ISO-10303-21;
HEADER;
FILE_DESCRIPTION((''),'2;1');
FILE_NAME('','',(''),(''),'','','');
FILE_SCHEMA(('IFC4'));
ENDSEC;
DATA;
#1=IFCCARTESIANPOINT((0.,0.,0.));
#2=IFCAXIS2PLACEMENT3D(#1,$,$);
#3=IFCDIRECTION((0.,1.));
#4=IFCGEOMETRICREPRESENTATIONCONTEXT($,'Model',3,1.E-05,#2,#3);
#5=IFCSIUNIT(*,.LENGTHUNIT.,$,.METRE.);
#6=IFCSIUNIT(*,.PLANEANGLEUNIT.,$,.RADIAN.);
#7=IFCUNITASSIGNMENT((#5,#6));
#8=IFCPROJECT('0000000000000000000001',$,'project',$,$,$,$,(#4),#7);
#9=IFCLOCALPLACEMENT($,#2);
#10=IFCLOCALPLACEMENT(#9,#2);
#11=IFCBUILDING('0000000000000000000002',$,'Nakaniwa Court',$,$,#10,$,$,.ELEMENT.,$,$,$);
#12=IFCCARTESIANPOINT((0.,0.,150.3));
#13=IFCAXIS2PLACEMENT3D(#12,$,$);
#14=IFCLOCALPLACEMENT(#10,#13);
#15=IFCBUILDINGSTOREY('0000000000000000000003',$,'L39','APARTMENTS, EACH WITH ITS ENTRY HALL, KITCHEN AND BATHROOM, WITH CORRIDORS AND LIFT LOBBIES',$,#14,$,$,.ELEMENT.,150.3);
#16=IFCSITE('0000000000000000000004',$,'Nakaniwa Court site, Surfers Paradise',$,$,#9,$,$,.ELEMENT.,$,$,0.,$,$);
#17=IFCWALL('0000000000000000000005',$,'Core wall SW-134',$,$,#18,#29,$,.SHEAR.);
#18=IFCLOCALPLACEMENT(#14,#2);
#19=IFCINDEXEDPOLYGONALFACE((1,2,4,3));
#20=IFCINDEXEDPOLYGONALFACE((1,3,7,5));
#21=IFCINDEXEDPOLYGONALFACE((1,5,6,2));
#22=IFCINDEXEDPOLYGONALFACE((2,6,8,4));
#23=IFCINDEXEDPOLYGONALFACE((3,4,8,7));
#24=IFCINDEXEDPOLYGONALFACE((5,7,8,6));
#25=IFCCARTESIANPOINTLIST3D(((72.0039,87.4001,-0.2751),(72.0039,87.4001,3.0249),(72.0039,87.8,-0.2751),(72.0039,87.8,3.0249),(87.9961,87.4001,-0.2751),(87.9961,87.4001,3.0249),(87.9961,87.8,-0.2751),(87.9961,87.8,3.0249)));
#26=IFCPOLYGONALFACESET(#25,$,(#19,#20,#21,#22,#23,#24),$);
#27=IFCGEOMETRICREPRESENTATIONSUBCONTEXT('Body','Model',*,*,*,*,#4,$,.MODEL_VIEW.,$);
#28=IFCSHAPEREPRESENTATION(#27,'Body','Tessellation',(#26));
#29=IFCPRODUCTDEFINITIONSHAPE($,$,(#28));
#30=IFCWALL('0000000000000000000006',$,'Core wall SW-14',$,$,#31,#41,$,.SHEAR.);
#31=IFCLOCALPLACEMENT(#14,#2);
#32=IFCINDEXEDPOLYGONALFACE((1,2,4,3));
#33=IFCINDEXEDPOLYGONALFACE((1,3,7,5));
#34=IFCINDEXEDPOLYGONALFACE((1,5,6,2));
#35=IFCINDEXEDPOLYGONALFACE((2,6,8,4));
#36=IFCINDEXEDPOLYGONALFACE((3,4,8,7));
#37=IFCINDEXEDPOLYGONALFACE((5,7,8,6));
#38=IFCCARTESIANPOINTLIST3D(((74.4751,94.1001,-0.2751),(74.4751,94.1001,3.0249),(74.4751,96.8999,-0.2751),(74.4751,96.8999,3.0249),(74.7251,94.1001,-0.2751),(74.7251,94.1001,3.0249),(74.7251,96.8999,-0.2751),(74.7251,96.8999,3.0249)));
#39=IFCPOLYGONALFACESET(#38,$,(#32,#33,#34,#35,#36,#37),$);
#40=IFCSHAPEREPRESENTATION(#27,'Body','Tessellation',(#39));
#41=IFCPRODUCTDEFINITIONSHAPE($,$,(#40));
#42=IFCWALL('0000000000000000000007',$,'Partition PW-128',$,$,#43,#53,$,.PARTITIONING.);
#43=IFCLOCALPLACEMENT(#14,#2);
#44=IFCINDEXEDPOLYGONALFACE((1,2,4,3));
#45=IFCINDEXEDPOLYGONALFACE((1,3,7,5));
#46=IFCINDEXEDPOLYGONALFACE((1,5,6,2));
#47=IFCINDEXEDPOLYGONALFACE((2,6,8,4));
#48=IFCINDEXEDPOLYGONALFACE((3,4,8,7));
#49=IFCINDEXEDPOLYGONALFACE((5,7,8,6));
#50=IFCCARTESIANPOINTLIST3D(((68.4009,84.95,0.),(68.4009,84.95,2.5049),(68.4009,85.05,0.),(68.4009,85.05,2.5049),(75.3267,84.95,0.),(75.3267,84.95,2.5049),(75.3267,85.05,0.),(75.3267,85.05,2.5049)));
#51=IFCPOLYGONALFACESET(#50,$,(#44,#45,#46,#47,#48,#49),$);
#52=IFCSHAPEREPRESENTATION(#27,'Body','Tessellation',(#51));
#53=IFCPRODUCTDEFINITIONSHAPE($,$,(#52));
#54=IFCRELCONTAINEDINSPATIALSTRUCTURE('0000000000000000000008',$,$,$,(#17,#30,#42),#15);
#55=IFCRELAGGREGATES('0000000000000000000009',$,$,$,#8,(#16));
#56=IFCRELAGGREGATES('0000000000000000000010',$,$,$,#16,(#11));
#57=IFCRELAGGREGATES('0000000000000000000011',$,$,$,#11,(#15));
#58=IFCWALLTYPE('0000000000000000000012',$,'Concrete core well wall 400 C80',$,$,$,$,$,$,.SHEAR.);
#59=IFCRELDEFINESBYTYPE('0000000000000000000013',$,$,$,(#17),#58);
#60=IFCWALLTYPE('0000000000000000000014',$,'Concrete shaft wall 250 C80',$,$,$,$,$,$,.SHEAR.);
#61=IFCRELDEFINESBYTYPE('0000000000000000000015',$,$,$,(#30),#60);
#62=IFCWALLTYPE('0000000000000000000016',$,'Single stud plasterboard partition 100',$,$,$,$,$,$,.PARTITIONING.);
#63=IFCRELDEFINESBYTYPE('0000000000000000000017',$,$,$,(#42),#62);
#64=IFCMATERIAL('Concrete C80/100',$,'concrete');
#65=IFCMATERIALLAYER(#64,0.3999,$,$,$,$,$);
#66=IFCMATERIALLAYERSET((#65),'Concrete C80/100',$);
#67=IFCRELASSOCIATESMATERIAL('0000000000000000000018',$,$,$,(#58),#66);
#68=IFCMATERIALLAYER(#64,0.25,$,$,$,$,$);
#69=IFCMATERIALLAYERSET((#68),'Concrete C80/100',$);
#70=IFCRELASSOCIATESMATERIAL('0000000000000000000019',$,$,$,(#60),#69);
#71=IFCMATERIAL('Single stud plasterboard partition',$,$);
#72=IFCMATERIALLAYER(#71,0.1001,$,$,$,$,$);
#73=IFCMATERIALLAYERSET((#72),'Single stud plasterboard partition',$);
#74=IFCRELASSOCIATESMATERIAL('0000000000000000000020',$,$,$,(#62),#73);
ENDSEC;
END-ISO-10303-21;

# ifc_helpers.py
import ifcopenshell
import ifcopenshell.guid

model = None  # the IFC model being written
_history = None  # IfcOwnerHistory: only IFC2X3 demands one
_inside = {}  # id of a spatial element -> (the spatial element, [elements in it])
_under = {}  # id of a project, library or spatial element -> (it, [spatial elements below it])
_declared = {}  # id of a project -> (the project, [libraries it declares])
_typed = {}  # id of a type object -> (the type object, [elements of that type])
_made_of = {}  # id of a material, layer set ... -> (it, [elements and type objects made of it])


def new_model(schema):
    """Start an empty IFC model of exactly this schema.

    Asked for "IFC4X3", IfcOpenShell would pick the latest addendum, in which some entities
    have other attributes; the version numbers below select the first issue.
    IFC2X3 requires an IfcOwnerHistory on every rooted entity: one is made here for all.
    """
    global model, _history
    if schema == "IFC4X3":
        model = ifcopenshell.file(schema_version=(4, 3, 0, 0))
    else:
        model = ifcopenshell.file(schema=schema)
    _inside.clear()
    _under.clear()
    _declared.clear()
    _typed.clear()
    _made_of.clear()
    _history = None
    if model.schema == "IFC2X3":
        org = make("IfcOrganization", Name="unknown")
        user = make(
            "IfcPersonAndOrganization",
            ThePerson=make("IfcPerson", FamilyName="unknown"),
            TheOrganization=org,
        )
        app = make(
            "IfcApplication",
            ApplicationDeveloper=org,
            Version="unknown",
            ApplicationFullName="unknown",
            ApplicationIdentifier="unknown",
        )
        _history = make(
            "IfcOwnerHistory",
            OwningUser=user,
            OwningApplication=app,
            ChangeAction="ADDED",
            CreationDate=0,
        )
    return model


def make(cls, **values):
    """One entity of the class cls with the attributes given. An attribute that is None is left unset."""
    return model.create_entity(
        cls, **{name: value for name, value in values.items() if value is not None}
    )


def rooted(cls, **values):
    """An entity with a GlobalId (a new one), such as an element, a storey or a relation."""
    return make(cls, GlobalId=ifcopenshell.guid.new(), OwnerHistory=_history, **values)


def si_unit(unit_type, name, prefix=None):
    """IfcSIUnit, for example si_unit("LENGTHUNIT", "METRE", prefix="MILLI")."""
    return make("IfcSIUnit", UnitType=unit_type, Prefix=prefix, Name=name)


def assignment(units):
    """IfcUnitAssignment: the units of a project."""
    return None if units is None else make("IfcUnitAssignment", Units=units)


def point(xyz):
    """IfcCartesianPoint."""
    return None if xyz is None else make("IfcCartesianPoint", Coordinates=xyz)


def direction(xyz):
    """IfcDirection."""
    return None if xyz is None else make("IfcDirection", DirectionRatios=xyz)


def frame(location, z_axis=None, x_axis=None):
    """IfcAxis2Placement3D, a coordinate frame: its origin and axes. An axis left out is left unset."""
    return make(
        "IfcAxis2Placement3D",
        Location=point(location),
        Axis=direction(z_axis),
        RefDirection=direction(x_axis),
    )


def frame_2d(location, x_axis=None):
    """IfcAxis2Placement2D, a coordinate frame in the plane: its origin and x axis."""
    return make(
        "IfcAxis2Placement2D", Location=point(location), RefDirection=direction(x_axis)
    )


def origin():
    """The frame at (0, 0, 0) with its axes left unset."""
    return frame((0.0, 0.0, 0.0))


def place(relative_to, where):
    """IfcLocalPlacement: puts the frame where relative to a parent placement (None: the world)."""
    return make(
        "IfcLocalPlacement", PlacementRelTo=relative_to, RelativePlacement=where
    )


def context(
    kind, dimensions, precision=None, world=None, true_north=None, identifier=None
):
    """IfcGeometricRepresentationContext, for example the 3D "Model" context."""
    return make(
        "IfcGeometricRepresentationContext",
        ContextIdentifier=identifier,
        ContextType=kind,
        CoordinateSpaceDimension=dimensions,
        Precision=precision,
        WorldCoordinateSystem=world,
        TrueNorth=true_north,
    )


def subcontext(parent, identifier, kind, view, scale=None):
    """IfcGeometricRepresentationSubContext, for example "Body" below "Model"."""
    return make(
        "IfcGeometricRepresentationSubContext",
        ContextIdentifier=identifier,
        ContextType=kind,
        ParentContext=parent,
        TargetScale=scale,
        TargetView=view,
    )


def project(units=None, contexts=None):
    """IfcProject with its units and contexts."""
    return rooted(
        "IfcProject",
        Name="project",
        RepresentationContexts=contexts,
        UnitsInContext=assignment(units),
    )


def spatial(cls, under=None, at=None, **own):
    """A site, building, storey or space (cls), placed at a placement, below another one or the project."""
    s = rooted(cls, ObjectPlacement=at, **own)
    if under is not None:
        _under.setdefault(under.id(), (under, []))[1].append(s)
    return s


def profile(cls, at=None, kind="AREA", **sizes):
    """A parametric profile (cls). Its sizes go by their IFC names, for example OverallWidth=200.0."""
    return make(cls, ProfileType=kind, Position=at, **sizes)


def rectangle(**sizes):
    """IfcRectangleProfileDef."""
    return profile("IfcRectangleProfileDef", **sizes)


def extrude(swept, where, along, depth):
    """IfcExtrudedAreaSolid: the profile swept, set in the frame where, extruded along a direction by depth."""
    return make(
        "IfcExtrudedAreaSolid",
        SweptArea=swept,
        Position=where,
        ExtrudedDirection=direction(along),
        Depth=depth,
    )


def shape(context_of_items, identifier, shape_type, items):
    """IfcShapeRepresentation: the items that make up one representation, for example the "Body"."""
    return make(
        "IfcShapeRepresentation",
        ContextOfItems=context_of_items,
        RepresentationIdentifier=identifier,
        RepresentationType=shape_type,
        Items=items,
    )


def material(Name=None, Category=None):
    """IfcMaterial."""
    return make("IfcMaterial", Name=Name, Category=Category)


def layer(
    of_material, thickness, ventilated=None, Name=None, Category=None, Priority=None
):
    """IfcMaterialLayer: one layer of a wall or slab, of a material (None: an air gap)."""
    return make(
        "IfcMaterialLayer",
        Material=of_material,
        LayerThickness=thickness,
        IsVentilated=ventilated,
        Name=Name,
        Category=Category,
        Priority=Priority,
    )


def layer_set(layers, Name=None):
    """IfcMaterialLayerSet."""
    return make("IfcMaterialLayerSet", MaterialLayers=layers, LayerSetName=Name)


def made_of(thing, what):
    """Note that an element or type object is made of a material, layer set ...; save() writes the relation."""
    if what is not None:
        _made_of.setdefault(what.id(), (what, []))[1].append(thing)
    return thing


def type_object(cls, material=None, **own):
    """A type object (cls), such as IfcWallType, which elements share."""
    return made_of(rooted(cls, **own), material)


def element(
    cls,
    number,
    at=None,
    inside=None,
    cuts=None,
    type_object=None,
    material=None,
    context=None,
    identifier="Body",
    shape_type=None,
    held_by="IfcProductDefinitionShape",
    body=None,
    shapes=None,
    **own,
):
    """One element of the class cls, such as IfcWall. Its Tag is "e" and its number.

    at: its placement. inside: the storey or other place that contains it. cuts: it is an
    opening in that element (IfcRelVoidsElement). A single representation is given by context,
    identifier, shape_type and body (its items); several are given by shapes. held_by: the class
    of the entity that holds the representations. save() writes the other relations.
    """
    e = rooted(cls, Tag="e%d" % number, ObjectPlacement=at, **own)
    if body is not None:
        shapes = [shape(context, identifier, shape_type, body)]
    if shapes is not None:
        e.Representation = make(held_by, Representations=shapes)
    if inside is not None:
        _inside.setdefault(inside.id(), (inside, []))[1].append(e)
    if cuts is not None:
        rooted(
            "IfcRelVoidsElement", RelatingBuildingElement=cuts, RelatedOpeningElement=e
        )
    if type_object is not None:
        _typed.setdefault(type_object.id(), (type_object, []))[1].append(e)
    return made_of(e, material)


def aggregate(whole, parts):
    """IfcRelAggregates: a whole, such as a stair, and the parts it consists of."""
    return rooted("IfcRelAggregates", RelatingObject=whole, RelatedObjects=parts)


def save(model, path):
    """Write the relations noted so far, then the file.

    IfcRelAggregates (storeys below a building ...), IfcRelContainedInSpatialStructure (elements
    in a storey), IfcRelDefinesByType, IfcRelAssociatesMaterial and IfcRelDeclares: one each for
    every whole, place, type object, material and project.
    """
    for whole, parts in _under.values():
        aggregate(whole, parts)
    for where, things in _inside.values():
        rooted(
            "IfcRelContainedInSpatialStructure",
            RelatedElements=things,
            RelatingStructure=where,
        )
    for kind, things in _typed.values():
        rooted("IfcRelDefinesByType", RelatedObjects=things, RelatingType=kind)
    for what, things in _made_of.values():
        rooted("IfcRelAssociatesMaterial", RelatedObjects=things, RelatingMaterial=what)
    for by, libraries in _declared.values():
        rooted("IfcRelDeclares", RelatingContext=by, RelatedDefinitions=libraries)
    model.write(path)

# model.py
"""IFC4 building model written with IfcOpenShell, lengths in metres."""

from ifc_helpers import new_model, si_unit, direction, frame, frame_2d, origin, place, context, subcontext, project, spatial, rectangle, extrude, material, layer, layer_set, type_object, element, save


model = new_model("IFC4")

# Units and contexts
model_context = context("Model", 3, precision=1e-05, world=origin(), true_north=direction((0.0, 1.0)))
body_context = subcontext(model_context, "Body", "Model", "MODEL_VIEW")
ifc_project = project(units=[si_unit("LENGTHUNIT", "METRE"), si_unit("PLANEANGLEUNIT", "RADIAN")], contexts=[model_context])

# Site, building, storey
site_placement = place(None, origin())
site = spatial("IfcSite", under=ifc_project, at=site_placement, Name="Nakaniwa Court site, Surfers Paradise", CompositionType="ELEMENT", RefElevation=0.0)
building_placement = place(site_placement, origin())
building = spatial("IfcBuilding", under=site, at=building_placement, Name="Nakaniwa Court", CompositionType="ELEMENT")
storey_placement = place(building_placement, frame((0.0, 0.0, 150.3)))
storey = spatial("IfcBuildingStorey", under=building, at=storey_placement, Name="L39", Description="APARTMENTS, EACH WITH ITS ENTRY HALL, KITCHEN AND BATHROOM, WITH CORRIDORS AND LIFT LOBBIES", CompositionType="ELEMENT", Elevation=150.3)

# Shared definitions
ifc_material_1 = material(Name="Concrete C80/100", Category="concrete")

# Walls
ifc_layer_1 = layer(ifc_material_1, 0.3999)
ifc_layer_set_1 = layer_set([ifc_layer_1], Name="Concrete C80/100")
wall_type_1 = type_object("IfcWallType", Name="Concrete core well wall 400 C80", PredefinedType="SHEAR", material=ifc_layer_set_1)
wall_1_placement = place(storey_placement, frame((72.0039, 87.6001, -0.2751), z_axis=(0.0, 0.0, 1.0), x_axis=(1.0, 0.0, 0.0)))
element("IfcWall", 1, at=wall_1_placement, inside=storey, type_object=wall_type_1, Name="Core wall SW-134", PredefinedType="SHEAR", context=body_context, shape_type="SweptSolid", body=[
    extrude(rectangle(XDim=15.9922, YDim=0.3999, at=frame_2d((7.9961, 0.0))), origin(), (0.0, 0.0, 1.0), 3.3),
])
ifc_layer_2 = layer(ifc_material_1, 0.25)
ifc_layer_set_2 = layer_set([ifc_layer_2], Name="Concrete C80/100")
wall_type_2 = type_object("IfcWallType", Name="Concrete shaft wall 250 C80", PredefinedType="SHEAR", material=ifc_layer_set_2)
wall_2_placement = place(storey_placement, frame((74.6001, 94.1001, -0.2751), z_axis=(0.0, 0.0, 1.0), x_axis=(0.0, 1.0, 0.0)))
element("IfcWall", 2, at=wall_2_placement, inside=storey, type_object=wall_type_2, Name="Core wall SW-14", PredefinedType="SHEAR", context=body_context, shape_type="SweptSolid", body=[
    extrude(rectangle(XDim=2.7998, YDim=0.25, at=frame_2d((1.3999, 0.0))), origin(), (0.0, 0.0, 1.0), 3.3),
])
ifc_material_2 = material(Name="Single stud plasterboard partition")
ifc_layer_3 = layer(ifc_material_2, 0.1001)
ifc_layer_set_3 = layer_set([ifc_layer_3], Name="Single stud plasterboard partition")
wall_type_3 = type_object("IfcWallType", Name="Single stud plasterboard partition 100", PredefinedType="PARTITIONING", material=ifc_layer_set_3)
wall_3_placement = place(storey_placement, frame((68.4009, 85.0, 0.0), z_axis=(0.0, 0.0, 1.0), x_axis=(1.0, 0.0, 0.0)))
element("IfcWall", 3, at=wall_3_placement, inside=storey, type_object=wall_type_3, Name="Partition PW-128", PredefinedType="PARTITIONING", context=body_context, shape_type="SweptSolid", body=[
    extrude(rectangle(XDim=6.9258, YDim=0.1001, at=frame_2d((3.4629, 0.0))), origin(), (0.0, 0.0, 1.0), 2.5049),
])

save(model, "model.ifc")
